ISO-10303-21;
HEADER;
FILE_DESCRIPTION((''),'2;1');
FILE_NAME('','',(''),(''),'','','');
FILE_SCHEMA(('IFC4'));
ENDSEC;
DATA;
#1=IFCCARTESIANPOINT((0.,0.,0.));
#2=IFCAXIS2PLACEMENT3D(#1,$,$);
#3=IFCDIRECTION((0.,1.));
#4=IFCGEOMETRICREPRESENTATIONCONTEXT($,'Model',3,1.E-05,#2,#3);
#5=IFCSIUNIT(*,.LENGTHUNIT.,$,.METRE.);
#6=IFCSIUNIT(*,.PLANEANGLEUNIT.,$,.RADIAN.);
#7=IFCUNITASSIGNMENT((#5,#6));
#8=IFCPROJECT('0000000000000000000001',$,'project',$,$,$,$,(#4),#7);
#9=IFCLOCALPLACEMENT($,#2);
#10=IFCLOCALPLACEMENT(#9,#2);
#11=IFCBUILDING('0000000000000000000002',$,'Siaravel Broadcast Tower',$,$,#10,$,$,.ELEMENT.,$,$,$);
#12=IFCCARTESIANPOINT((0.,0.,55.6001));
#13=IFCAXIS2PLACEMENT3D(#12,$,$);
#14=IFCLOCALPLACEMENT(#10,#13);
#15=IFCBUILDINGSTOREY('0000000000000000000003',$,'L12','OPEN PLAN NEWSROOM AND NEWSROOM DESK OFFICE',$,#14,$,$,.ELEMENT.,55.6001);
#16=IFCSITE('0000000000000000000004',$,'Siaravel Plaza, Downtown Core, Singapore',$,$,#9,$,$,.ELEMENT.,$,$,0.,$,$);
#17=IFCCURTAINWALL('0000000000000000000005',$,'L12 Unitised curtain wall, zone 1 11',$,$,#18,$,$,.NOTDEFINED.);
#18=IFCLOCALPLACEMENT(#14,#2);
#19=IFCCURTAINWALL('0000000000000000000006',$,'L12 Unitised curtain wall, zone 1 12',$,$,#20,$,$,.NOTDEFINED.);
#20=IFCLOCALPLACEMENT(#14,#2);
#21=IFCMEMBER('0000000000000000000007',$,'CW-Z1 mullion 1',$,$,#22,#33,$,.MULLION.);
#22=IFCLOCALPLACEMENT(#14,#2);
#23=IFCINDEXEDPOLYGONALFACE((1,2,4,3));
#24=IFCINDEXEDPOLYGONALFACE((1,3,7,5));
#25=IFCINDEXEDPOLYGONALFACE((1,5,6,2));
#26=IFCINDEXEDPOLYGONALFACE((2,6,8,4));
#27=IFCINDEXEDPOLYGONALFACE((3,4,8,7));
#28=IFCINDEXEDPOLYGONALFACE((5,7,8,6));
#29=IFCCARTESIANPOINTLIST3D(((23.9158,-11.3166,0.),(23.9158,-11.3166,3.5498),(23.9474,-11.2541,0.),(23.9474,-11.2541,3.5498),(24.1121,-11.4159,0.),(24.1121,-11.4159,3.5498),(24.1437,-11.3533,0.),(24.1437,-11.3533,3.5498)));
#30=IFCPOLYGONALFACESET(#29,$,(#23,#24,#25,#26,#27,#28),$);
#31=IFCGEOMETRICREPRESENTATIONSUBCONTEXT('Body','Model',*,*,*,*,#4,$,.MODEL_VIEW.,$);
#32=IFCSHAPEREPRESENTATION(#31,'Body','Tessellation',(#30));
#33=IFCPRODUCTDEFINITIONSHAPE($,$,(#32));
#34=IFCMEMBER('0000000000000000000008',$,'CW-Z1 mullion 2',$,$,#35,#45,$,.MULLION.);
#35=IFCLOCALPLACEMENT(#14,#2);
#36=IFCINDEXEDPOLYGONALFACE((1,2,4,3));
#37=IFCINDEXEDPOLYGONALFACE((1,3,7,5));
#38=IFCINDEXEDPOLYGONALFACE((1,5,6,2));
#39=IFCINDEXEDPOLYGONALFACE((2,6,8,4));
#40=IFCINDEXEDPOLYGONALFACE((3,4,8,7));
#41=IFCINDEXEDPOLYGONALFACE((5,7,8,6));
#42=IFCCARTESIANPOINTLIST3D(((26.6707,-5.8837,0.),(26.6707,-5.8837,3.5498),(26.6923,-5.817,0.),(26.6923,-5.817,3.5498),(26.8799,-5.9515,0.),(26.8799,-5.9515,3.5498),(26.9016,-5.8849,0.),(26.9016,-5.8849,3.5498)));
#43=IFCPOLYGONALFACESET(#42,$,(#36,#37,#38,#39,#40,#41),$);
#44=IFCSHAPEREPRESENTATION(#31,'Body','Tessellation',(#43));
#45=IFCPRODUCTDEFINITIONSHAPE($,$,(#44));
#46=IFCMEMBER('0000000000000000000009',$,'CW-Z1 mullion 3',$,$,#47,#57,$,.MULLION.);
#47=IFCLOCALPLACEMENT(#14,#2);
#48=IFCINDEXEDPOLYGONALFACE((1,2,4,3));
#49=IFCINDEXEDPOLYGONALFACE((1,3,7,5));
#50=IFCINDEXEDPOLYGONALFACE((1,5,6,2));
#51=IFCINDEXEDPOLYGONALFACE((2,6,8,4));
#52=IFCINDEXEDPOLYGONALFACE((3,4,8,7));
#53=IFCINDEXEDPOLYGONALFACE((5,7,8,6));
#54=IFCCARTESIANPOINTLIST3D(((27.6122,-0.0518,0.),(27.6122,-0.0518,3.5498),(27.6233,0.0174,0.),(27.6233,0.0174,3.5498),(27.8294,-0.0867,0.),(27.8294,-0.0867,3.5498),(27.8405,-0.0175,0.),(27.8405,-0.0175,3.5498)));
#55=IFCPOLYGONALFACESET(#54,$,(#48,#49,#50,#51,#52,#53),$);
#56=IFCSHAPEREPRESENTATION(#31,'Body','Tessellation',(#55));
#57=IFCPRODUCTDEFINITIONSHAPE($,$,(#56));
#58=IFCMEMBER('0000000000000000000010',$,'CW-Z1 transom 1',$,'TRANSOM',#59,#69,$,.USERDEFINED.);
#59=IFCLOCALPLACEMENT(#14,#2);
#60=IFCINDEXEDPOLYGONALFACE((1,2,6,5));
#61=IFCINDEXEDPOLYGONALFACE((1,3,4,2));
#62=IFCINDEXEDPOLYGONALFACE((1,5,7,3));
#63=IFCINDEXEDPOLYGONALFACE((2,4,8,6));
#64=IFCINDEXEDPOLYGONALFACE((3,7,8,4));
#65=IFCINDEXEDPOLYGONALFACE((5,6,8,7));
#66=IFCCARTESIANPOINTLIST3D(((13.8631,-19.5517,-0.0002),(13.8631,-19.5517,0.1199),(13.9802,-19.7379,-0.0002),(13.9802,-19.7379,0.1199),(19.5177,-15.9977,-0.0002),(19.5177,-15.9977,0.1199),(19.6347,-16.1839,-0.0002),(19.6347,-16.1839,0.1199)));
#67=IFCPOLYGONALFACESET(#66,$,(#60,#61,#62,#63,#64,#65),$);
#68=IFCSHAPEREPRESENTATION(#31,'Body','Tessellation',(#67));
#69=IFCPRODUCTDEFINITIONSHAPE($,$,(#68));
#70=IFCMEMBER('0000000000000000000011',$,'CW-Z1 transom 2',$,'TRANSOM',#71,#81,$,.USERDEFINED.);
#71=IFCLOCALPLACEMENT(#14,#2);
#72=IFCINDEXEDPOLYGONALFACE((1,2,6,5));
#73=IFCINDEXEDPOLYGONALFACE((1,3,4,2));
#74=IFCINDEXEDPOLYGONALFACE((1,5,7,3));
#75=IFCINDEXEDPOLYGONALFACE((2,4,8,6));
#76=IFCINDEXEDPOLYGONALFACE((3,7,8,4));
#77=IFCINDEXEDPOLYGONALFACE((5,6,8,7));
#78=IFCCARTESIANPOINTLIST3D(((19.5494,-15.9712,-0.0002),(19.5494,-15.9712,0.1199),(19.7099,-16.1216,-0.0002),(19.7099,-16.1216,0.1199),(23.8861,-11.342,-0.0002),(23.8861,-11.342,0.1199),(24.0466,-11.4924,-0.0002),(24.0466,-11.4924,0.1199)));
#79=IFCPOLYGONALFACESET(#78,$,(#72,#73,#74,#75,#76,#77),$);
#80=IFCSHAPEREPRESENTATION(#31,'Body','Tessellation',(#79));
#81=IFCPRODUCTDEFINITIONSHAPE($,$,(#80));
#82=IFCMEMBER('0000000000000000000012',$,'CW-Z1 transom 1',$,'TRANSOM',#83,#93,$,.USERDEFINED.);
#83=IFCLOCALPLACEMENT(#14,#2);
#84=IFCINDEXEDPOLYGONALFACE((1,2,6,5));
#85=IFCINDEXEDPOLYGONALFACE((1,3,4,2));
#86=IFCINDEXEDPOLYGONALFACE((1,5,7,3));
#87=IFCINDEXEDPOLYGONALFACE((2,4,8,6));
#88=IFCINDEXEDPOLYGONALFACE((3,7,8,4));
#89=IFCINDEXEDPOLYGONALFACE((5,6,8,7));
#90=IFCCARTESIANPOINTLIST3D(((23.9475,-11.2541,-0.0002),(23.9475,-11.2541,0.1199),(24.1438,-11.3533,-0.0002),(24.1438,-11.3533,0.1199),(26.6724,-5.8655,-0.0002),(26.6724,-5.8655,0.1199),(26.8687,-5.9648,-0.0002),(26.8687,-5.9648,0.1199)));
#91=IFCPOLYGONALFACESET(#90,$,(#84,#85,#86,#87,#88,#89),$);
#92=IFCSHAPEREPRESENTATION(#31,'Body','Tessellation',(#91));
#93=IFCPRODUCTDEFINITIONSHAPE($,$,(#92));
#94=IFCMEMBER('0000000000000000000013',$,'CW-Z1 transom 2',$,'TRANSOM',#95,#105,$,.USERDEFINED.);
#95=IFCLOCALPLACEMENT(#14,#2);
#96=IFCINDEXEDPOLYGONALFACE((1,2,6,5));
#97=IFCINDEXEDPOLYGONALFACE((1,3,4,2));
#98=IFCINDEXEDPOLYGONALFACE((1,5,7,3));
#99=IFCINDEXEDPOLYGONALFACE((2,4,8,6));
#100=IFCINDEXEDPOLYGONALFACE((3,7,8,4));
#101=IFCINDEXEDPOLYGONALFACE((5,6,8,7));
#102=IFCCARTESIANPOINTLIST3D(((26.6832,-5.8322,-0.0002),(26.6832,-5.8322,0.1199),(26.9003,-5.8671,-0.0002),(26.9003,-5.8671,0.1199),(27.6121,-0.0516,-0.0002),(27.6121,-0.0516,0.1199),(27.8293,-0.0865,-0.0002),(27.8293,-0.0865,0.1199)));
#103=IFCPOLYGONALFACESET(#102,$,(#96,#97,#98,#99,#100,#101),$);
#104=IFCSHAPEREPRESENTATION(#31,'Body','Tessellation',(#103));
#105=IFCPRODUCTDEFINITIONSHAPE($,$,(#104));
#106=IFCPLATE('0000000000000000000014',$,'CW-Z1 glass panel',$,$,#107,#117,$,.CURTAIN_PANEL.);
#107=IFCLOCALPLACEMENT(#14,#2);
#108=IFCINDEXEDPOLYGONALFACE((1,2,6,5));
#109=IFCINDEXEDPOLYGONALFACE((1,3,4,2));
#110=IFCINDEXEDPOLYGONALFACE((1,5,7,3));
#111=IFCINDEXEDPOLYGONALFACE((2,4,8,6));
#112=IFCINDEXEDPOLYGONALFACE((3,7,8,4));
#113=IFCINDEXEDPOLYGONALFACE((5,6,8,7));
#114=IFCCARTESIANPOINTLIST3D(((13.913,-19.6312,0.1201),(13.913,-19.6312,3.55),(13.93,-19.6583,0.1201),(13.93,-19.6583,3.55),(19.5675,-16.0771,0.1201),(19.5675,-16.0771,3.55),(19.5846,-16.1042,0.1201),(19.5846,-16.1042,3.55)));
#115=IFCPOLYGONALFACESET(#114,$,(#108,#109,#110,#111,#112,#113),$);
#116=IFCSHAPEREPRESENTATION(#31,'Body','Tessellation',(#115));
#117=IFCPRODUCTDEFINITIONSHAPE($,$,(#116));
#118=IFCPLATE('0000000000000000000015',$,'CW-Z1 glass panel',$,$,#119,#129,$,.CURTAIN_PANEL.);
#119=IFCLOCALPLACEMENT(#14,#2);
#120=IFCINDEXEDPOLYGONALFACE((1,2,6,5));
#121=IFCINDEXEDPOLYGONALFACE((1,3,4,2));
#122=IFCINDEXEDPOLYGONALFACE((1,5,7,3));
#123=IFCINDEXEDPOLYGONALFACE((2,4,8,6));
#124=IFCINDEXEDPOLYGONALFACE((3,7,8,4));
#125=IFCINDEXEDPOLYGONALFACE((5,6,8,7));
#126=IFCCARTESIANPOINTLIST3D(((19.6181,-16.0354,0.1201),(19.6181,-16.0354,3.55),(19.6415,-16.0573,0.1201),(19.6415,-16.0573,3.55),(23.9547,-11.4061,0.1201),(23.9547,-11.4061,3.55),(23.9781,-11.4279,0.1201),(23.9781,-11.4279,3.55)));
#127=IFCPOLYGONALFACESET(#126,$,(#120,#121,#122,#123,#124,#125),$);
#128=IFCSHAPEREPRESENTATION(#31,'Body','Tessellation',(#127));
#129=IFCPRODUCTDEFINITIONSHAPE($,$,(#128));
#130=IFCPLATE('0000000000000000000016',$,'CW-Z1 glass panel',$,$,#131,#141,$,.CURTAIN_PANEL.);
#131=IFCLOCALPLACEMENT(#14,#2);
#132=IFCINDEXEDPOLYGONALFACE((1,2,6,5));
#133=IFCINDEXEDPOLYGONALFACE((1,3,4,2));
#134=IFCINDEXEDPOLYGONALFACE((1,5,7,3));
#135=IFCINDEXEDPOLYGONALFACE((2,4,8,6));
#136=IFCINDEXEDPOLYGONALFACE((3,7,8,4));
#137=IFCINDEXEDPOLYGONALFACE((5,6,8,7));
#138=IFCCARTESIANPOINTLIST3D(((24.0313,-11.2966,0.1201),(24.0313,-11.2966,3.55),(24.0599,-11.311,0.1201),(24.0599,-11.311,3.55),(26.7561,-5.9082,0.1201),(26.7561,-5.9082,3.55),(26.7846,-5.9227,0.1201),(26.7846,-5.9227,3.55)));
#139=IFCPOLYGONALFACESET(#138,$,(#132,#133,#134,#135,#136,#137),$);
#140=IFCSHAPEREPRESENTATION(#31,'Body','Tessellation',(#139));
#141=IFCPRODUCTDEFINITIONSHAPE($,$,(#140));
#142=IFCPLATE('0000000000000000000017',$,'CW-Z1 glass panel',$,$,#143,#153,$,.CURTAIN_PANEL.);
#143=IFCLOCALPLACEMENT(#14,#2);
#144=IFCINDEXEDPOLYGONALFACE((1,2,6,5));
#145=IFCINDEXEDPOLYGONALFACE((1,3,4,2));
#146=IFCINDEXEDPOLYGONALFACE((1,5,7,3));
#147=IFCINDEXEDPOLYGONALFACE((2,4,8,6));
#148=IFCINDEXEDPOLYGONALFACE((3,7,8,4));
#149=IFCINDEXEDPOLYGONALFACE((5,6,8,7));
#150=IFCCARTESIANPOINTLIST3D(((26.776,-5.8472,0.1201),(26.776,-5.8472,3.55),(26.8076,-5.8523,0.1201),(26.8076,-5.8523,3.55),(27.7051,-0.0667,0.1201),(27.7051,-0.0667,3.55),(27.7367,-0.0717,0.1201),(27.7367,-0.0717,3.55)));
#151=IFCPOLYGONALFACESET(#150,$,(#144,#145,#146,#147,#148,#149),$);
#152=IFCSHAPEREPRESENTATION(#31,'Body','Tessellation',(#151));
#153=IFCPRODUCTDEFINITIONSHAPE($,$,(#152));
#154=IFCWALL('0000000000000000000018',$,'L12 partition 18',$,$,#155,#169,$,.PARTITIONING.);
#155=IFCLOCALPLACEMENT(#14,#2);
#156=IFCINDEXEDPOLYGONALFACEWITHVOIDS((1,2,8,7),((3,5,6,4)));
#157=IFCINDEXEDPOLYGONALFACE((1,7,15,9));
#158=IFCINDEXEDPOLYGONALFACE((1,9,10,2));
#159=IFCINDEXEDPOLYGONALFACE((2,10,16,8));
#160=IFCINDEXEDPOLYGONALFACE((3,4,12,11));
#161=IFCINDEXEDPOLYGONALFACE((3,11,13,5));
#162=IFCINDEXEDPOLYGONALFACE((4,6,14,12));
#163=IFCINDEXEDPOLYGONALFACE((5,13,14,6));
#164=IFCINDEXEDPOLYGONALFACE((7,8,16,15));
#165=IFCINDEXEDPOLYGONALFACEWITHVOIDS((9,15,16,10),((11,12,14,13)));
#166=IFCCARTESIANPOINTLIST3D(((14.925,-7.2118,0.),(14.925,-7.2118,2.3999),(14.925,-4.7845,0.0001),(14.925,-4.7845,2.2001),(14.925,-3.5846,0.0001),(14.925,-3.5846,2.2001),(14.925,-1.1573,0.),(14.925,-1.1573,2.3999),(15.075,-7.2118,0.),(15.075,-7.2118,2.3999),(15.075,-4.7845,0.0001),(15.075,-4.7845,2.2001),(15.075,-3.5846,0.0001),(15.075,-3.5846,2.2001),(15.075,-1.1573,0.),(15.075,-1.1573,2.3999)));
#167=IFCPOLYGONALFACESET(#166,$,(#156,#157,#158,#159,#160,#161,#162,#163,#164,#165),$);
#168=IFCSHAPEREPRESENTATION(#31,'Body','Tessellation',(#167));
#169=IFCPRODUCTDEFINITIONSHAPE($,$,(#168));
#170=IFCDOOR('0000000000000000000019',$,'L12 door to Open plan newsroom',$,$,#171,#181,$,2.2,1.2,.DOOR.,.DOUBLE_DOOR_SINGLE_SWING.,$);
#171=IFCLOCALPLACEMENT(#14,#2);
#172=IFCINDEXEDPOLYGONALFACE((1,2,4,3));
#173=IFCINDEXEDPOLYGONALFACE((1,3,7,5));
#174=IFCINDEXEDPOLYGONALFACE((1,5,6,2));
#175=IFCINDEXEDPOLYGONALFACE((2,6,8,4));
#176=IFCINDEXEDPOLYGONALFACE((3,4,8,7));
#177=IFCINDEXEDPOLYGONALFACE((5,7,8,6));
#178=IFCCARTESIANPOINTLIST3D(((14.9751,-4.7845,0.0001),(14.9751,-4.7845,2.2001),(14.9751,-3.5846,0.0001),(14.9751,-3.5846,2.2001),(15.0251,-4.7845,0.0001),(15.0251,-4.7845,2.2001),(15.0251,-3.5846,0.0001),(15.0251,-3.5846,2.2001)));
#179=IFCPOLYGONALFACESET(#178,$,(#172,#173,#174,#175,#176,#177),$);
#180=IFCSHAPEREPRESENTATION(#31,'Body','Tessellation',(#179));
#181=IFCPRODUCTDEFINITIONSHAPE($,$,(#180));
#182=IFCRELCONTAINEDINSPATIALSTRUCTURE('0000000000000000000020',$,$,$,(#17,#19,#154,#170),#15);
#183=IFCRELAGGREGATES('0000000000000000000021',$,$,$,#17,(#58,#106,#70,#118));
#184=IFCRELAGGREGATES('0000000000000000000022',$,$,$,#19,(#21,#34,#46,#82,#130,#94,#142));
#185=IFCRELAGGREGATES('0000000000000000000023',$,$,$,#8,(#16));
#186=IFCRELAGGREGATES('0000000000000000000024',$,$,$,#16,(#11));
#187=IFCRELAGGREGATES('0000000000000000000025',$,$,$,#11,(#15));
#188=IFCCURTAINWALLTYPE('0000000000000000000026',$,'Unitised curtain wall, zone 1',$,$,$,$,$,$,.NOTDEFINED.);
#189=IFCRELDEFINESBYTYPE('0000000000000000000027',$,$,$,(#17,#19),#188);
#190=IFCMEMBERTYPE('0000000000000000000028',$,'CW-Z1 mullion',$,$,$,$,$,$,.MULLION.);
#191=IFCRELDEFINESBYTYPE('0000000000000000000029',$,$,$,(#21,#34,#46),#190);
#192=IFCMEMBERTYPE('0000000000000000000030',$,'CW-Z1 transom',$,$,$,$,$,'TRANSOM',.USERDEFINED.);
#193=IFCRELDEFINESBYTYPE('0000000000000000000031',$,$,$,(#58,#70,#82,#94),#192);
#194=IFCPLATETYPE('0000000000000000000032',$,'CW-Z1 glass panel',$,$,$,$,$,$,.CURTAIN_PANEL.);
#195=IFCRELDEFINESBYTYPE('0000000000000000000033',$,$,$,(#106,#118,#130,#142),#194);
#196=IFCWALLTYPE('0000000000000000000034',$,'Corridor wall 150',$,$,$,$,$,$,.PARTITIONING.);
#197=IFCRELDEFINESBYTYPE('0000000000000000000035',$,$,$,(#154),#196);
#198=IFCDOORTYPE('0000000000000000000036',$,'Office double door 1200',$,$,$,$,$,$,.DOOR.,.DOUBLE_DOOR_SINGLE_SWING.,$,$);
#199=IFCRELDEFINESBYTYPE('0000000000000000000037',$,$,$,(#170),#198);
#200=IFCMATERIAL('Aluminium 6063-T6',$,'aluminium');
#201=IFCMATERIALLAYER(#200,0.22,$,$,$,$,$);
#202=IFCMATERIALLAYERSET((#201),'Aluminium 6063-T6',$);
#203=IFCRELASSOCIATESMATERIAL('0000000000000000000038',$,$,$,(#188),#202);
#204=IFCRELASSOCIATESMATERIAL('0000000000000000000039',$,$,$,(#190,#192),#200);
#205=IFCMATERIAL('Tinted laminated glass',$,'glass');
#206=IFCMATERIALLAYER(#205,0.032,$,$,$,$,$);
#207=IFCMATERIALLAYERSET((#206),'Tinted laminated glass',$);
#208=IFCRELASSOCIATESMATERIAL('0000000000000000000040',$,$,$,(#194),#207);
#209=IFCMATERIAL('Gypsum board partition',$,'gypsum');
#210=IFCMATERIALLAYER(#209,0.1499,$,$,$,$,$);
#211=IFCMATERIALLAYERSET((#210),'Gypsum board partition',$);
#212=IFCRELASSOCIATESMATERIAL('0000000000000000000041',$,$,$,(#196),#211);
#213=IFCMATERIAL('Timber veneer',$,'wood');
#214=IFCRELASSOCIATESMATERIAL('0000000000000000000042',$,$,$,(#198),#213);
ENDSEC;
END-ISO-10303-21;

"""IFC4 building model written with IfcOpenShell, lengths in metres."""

from ifc_helpers import new_model, si_unit, direction, frame, frame_2d, origin, origin_2d, place, context, subcontext, project, spatial, rectangle, extrude, material, layer, layer_set, material_profile, profile_set, type_object, element, fill, aggregate, save


model = new_model("IFC4")

# Units and contexts
model_context = context("Model", 3, precision=1e-05, world=origin(), true_north=direction((0.0, 1.0)))
body_context = subcontext(model_context, "Body", "Model", "MODEL_VIEW")
ifc_project = project(units=[si_unit("LENGTHUNIT", "METRE"), si_unit("PLANEANGLEUNIT", "RADIAN")], contexts=[model_context])

# Site, building, storey
site_placement = place(None, origin())
site = spatial("IfcSite", under=ifc_project, at=site_placement, Name="Siaravel Plaza, Downtown Core, Singapore", CompositionType="ELEMENT", RefElevation=0.0)
building_placement = place(site_placement, origin())
building = spatial("IfcBuilding", under=site, at=building_placement, Name="Siaravel Broadcast Tower", CompositionType="ELEMENT")
storey_placement = place(building_placement, frame((0.0, 0.0, 55.6001)))
storey = spatial("IfcBuildingStorey", under=building, at=storey_placement, Name="L12", Description="OPEN PLAN NEWSROOM AND NEWSROOM DESK OFFICE", CompositionType="ELEMENT", Elevation=55.6001)

# Shared definitions
ifc_material_1 = material(Name="Aluminium 6063-T6", Category="aluminium")
ifc_layer_1 = layer(ifc_material_1, 0.22)
ifc_layer_set_1 = layer_set([ifc_layer_1], Name="Aluminium 6063-T6")
curtain_wall_type = type_object("IfcCurtainWallType", Name="Unitised curtain wall, zone 1", PredefinedType="NOTDEFINED", material=ifc_layer_set_1)
ifc_material_profile_1 = material_profile(ifc_material_1, rectangle(XDim=0.22, YDim=0.0701, at=origin_2d()))
ifc_profile_set_1 = profile_set([ifc_material_profile_1], Name="Aluminium 6063-T6")
member_type_1 = type_object("IfcMemberType", Name="CW-Z1 mullion", PredefinedType="MULLION", material=ifc_profile_set_1)

# Curtain walls, members
curtain_wall_1_placement = place(storey_placement, origin())
curtain_wall_1 = element("IfcCurtainWall", 1, at=curtain_wall_1_placement, inside=storey, type_object=curtain_wall_type, Name="L12 Unitised curtain wall, zone 1 11", PredefinedType="NOTDEFINED")
curtain_wall_2_placement = place(storey_placement, origin())
curtain_wall_2 = element("IfcCurtainWall", 2, at=curtain_wall_2_placement, inside=storey, type_object=curtain_wall_type, Name="L12 Unitised curtain wall, zone 1 12", PredefinedType="NOTDEFINED")
member_1_placement = place(storey_placement, frame((24.0298, -11.335, 0.0), z_axis=(0.0, 0.0, 1.0), x_axis=(-0.892392, 0.451261, 0.0)))
member_1 = element("IfcMember", 3, at=member_1_placement, type_object=member_type_1, Name="CW-Z1 mullion 1", PredefinedType="MULLION", context=body_context, shape_type="SweptSolid", body=[
    extrude(rectangle(XDim=0.22, YDim=0.0701, at=origin_2d()), origin(), (0.0, 0.0, 1.0), 3.5498),
])
member_2_placement = place(storey_placement, frame((26.7861, -5.8843, 0.0), z_axis=(0.0, 0.0, 1.0), x_axis=(-0.951177, 0.308646, 0.0)))
member_2 = element("IfcMember", 4, at=member_2_placement, type_object=member_type_1, Name="CW-Z1 mullion 2", PredefinedType="MULLION", context=body_context, shape_type="SweptSolid", body=[
    extrude(rectangle(XDim=0.22, YDim=0.0701, at=origin_2d()), origin(), (0.0, 0.0, 1.0), 3.5498),
])
member_3_placement = place(storey_placement, frame((27.7263, -0.0347, 0.0), z_axis=(0.0, 0.0, 1.0), x_axis=(-0.987329, 0.158686, 0.0)))
member_3 = element("IfcMember", 5, at=member_3_placement, type_object=member_type_1, Name="CW-Z1 mullion 3", PredefinedType="MULLION", context=body_context, shape_type="SweptSolid", body=[
    extrude(rectangle(XDim=0.22, YDim=0.0701, at=origin_2d()), origin(), (0.0, 0.0, 1.0), 3.5498),
])

# Members
ifc_material_profile_2 = material_profile(ifc_material_1, rectangle(XDim=0.22, YDim=0.1201, at=origin_2d()))
ifc_profile_set_2 = profile_set([ifc_material_profile_2], Name="Aluminium 6063-T6")
member_type_2 = type_object("IfcMemberType", Name="CW-Z1 transom", ElementType="TRANSOM", PredefinedType="USERDEFINED", material=ifc_profile_set_2)
member_4_placement = place(storey_placement, frame((13.9216, -19.6448, 0.0598), z_axis=(0.846659, 0.532136, 0.0), x_axis=(-0.532136, 0.846659, 0.0)))
member_4 = element("IfcMember", 6, at=member_4_placement, type_object=member_type_2, Name="CW-Z1 transom 1", ObjectType="TRANSOM", PredefinedType="USERDEFINED", context=body_context, shape_type="SweptSolid", body=[
    extrude(rectangle(XDim=0.22, YDim=0.1201, at=origin_2d()), origin(), (0.0, 0.0, 1.0), 6.6787),
])
member_5_placement = place(storey_placement, frame((19.6296, -16.0464, 0.0598), z_axis=(0.683676, 0.729786, 0.0), x_axis=(-0.729786, 0.683676, 0.0)))
member_5 = element("IfcMember", 7, at=member_5_placement, type_object=member_type_2, Name="CW-Z1 transom 2", ObjectType="TRANSOM", PredefinedType="USERDEFINED", context=body_context, shape_type="SweptSolid", body=[
    extrude(rectangle(XDim=0.22, YDim=0.1201, at=origin_2d()), origin(), (0.0, 0.0, 1.0), 6.3433),
])
member_6_placement = place(storey_placement, frame((24.0457, -11.3037, 0.0598), z_axis=(0.451268, 0.892388, 0.0), x_axis=(-0.892388, 0.451268, 0.0)))
member_6 = element("IfcMember", 8, at=member_6_placement, type_object=member_type_2, Name="CW-Z1 transom 1", ObjectType="TRANSOM", PredefinedType="USERDEFINED", context=body_context, shape_type="SweptSolid", body=[
    extrude(rectangle(XDim=0.22, YDim=0.1201, at=origin_2d()), origin(), (0.0, 0.0, 1.0), 6.0383),
])
member_7_placement = place(storey_placement, frame((26.7917, -5.8496, 0.0598), z_axis=(0.158669, 0.987332, 0.0), x_axis=(-0.987332, 0.158669, 0.0)))
member_7 = element("IfcMember", 9, at=member_7_placement, type_object=member_type_2, Name="CW-Z1 transom 2", ObjectType="TRANSOM", PredefinedType="USERDEFINED", context=body_context, shape_type="SweptSolid", body=[
    extrude(rectangle(XDim=0.22, YDim=0.1201, at=origin_2d()), origin(), (0.0, 0.0, 1.0), 5.8547),
])

# Plates
ifc_material_2 = material(Name="Tinted laminated glass", Category="glass")
ifc_layer_2 = layer(ifc_material_2, 0.032)
ifc_layer_set_2 = layer_set([ifc_layer_2], Name="Tinted laminated glass")
plate_type = type_object("IfcPlateType", Name="CW-Z1 glass panel", PredefinedType="CURTAIN_PANEL", material=ifc_layer_set_2)
plate_1_placement = place(storey_placement, frame((16.7488, -17.8677, 0.1201), z_axis=(0.0, 0.0, 1.0), x_axis=(0.846651, 0.532149, 0.0)))
plate_1 = element("IfcPlate", 10, at=plate_1_placement, type_object=plate_type, Name="CW-Z1 glass panel", PredefinedType="CURTAIN_PANEL", context=body_context, shape_type="SweptSolid", body=[
    extrude(rectangle(XDim=6.6787, YDim=0.032, at=origin_2d()), origin(), (0.0, 0.0, 1.0), 3.4299),
])
plate_2_placement = place(storey_placement, frame((21.7981, -13.7317, 0.1201), z_axis=(0.0, 0.0, 1.0), x_axis=(0.683655, 0.729805, 0.0)))
plate_2 = element("IfcPlate", 11, at=plate_2_placement, type_object=plate_type, Name="CW-Z1 glass panel", PredefinedType="CURTAIN_PANEL", context=body_context, shape_type="SweptSolid", body=[
    extrude(rectangle(XDim=6.3433, YDim=0.032, at=origin_2d()), origin(), (0.0, 0.0, 1.0), 3.4299),
])
aggregate(curtain_wall_1, [member_4, plate_1, member_5, plate_2])
plate_3_placement = place(storey_placement, frame((25.408, -8.6096, 0.1201), z_axis=(0.0, 0.0, 1.0), x_axis=(0.451261, 0.892392, 0.0)))
plate_3 = element("IfcPlate", 12, at=plate_3_placement, type_object=plate_type, Name="CW-Z1 glass panel", PredefinedType="CURTAIN_PANEL", context=body_context, shape_type="SweptSolid", body=[
    extrude(rectangle(XDim=6.0381, YDim=0.032, at=origin_2d()), origin(), (0.0, 0.0, 1.0), 3.4299),
])
plate_4_placement = place(storey_placement, frame((27.2563, -2.9595, 0.1201), z_axis=(0.0, 0.0, 1.0), x_axis=(0.158686, 0.987329, 0.0)))
plate_4 = element("IfcPlate", 13, at=plate_4_placement, type_object=plate_type, Name="CW-Z1 glass panel", PredefinedType="CURTAIN_PANEL", context=body_context, shape_type="SweptSolid", body=[
    extrude(rectangle(XDim=5.8547, YDim=0.032, at=origin_2d()), origin(), (0.0, 0.0, 1.0), 3.4299),
])
aggregate(curtain_wall_2, [member_1, member_2, member_3, member_6, plate_3, member_7, plate_4])

# Wall, opening, door
ifc_material_3 = material(Name="Gypsum board partition", Category="gypsum")
ifc_layer_3 = layer(ifc_material_3, 0.1499)
ifc_layer_set_3 = layer_set([ifc_layer_3], Name="Gypsum board partition")
wall_type_1 = type_object("IfcWallType", Name="Corridor wall 150", PredefinedType="PARTITIONING", material=ifc_layer_set_3)
wall_1_placement = place(storey_placement, frame((15.0, -7.2119, 0.0), z_axis=(0.0, 0.0, 1.0), x_axis=(0.0, 1.0, 0.0)))
wall_1 = element("IfcWall", 14, at=wall_1_placement, inside=storey, type_object=wall_type_1, Name="L12 partition 18", PredefinedType="PARTITIONING", context=body_context, shape_type="SweptSolid", body=[
    extrude(rectangle(XDim=6.0544, YDim=0.1499, at=frame_2d((3.0273, 0.0))), origin(), (0.0, 0.0, 1.0), 2.3999),
])
opening_1_placement = place(wall_1_placement, frame((2.4272, 0.0, 0.0)))
opening_1 = element("IfcOpeningElement", 15, at=opening_1_placement, cuts=wall_1, PredefinedType="OPENING", context=body_context, shape_type="SweptSolid", body=[
    extrude(rectangle(XDim=1.2, YDim=2.2, at=frame_2d((0.6001, 1.1001))), frame((0.0, 0.085, 0.0), z_axis=(0.0, -1.0, 0.0), x_axis=(1.0, 0.0, 0.0)), (0.0, 0.0, 1.0), 0.1699),
])
ifc_material_4 = material(Name="Timber veneer", Category="wood")
door_type_1 = type_object("IfcDoorType", Name="Office double door 1200", OperationType="DOUBLE_DOOR_SINGLE_SWING", PredefinedType="DOOR", material=ifc_material_4)
door_1_placement = place(opening_1_placement, origin())
door_1 = element("IfcDoor", 16, at=door_1_placement, inside=storey, type_object=door_type_1, Name="L12 door to Open plan newsroom", OperationType="DOUBLE_DOOR_SINGLE_SWING", OverallHeight=2.2, OverallWidth=1.2, PredefinedType="DOOR", context=body_context, shape_type="SweptSolid", body=[
    extrude(rectangle(XDim=1.2, YDim=2.2, at=frame_2d((0.6001, 1.1001))), frame((0.0, 0.0249, 0.0), z_axis=(0.0, -1.0, 0.0), x_axis=(1.0, 0.0, 0.0)), (0.0, 0.0, 1.0), 0.05),
])
fill(opening_1, door_1)

save(model, "model.ifc")
